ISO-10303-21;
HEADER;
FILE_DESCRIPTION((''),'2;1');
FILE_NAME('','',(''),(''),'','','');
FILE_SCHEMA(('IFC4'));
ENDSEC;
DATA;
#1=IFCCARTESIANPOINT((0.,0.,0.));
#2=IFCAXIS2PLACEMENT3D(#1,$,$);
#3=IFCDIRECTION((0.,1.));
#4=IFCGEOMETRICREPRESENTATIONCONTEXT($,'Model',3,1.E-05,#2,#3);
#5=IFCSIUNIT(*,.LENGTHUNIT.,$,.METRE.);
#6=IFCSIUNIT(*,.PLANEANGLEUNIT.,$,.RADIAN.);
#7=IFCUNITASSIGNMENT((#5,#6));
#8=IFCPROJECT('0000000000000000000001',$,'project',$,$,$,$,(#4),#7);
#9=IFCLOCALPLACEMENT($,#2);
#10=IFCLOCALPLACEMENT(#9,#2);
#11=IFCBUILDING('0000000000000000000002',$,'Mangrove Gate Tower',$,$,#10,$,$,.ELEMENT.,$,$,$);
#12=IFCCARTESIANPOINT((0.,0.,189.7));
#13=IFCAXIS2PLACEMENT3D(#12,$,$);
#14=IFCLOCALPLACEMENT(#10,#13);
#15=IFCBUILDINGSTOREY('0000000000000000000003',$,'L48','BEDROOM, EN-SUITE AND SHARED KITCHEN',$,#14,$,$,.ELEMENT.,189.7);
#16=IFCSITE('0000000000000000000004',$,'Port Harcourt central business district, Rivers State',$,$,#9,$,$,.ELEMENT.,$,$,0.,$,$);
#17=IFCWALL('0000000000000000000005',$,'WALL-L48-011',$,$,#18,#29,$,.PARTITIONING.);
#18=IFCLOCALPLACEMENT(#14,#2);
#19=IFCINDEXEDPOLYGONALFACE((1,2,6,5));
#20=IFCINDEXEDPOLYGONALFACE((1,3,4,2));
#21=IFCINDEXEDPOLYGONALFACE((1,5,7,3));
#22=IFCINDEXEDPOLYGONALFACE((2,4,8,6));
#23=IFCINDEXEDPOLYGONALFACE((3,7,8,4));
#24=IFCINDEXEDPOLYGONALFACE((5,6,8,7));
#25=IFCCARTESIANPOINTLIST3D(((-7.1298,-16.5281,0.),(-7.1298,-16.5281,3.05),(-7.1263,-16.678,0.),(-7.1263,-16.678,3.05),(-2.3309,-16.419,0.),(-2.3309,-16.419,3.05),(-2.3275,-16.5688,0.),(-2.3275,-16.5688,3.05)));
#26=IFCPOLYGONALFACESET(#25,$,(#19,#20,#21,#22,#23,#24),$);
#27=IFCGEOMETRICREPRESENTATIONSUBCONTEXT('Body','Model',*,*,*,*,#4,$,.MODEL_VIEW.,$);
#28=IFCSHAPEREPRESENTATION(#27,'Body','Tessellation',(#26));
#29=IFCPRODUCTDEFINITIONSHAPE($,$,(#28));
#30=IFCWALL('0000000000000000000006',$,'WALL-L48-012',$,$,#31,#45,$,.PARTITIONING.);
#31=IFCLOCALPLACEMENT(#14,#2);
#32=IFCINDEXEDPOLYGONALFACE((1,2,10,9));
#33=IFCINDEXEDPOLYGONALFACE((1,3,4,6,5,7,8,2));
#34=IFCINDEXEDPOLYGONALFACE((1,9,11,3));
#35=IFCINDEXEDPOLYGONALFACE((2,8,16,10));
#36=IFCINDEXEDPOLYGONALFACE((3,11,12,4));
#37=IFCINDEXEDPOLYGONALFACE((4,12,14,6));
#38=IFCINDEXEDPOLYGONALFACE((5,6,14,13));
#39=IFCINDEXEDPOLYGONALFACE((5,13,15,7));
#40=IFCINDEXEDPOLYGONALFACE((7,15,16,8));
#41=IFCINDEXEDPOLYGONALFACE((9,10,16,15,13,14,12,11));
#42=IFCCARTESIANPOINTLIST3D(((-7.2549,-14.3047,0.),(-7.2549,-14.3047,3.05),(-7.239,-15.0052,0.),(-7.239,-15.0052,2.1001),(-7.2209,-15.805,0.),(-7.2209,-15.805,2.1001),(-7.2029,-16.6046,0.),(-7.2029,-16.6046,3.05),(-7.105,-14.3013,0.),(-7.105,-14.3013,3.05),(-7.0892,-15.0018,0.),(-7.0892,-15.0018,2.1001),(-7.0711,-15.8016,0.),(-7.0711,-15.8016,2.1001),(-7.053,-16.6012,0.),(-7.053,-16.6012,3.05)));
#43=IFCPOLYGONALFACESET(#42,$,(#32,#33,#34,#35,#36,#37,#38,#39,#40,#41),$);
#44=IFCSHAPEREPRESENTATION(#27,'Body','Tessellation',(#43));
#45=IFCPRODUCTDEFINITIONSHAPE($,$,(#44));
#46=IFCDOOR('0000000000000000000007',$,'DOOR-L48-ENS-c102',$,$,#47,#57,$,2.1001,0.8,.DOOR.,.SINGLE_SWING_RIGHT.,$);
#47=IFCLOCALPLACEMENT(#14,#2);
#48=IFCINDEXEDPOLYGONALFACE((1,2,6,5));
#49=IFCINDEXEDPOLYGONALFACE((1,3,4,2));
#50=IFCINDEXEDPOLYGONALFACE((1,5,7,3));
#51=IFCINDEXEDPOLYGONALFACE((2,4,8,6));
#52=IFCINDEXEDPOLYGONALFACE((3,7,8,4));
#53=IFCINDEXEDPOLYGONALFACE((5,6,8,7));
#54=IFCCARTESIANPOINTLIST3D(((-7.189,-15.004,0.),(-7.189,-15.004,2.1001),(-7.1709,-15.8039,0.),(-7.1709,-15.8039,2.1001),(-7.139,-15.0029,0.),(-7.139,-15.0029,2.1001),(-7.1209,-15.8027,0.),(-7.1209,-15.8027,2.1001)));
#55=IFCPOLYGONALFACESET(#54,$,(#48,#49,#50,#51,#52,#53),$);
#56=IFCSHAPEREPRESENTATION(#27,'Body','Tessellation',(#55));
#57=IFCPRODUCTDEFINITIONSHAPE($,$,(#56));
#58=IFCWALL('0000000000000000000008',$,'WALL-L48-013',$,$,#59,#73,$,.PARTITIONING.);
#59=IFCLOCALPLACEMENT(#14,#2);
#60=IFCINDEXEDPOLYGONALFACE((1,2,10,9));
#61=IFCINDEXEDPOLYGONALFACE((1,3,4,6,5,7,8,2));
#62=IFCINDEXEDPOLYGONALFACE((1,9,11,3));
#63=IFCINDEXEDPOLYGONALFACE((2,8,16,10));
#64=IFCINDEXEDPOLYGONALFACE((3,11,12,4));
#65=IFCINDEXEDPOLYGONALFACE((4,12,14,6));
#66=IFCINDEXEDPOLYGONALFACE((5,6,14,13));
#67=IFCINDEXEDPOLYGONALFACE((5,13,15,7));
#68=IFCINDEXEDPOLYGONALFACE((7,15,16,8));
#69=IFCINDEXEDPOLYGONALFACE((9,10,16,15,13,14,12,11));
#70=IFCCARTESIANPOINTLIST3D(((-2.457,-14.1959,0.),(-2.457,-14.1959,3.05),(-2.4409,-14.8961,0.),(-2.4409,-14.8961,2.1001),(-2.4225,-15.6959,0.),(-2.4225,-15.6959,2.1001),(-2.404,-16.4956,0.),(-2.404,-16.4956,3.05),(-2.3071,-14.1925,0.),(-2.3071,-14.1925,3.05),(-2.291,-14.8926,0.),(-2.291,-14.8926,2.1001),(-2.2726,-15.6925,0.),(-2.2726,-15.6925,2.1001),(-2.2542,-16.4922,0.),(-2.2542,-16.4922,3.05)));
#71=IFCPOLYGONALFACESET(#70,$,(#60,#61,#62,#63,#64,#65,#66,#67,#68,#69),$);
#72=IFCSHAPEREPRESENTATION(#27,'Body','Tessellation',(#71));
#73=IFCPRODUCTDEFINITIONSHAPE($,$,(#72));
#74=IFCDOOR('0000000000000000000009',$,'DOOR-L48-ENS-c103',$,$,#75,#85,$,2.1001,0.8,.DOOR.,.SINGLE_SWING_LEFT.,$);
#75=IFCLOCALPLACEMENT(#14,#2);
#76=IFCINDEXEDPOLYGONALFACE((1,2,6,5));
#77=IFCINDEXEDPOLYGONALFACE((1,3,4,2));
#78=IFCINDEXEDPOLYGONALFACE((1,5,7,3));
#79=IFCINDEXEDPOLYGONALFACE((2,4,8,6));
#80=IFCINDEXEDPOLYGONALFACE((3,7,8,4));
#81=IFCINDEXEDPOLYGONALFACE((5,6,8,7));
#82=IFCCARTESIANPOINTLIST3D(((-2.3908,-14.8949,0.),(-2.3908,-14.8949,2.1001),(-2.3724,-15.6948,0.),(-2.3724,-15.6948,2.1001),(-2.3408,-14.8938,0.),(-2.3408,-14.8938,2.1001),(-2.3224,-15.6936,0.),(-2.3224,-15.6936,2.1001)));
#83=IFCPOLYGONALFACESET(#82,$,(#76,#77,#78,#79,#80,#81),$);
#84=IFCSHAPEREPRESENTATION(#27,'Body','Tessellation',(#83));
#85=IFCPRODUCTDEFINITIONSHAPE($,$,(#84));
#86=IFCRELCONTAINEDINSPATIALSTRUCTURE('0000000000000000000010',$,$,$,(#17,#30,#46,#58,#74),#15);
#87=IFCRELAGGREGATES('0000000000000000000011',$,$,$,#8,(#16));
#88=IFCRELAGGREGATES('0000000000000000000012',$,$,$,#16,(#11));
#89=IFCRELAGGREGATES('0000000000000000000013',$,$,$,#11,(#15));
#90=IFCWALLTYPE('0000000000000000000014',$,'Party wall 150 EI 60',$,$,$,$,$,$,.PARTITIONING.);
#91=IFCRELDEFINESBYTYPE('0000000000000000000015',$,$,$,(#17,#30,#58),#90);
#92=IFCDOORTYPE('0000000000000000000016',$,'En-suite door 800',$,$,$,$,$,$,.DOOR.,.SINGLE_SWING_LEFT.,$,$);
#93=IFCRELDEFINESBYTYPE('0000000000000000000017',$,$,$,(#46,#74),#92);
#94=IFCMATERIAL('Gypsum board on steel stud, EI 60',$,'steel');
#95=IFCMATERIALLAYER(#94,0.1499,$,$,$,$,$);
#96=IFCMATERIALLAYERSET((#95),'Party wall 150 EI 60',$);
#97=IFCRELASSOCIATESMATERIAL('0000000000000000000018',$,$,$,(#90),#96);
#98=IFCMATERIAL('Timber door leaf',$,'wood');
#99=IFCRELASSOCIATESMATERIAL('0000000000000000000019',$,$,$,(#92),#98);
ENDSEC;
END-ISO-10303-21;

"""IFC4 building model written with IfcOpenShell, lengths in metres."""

from ifc_helpers import new_model, si_unit, direction, frame, frame_2d, origin, place, context, subcontext, project, spatial, rectangle, extrude, material, layer, layer_set, type_object, element, fill, save


model = new_model("IFC4")

# Units and contexts
model_context = context("Model", 3, precision=1e-05, world=origin(), true_north=direction((0.0, 1.0)))
body_context = subcontext(model_context, "Body", "Model", "MODEL_VIEW")
ifc_project = project(units=[si_unit("LENGTHUNIT", "METRE"), si_unit("PLANEANGLEUNIT", "RADIAN")], contexts=[model_context])

# Site, building, storey
site_placement = place(None, origin())
site = spatial("IfcSite", under=ifc_project, at=site_placement, Name="Port Harcourt central business district, Rivers State", CompositionType="ELEMENT", RefElevation=0.0)
building_placement = place(site_placement, origin())
building = spatial("IfcBuilding", under=site, at=building_placement, Name="Mangrove Gate Tower", CompositionType="ELEMENT")
storey_placement = place(building_placement, frame((0.0, 0.0, 189.7)))
storey = spatial("IfcBuildingStorey", under=building, at=storey_placement, Name="L48", Description="BEDROOM, EN-SUITE AND SHARED KITCHEN", CompositionType="ELEMENT", Elevation=189.7)

# Shared definitions
ifc_material_1 = material(Name="Gypsum board on steel stud, EI 60", Category="steel")
ifc_layer_1 = layer(ifc_material_1, 0.1499)
ifc_layer_set_1 = layer_set([ifc_layer_1], Name="Party wall 150 EI 60")
wall_type_1 = type_object("IfcWallType", Name="Party wall 150 EI 60", PredefinedType="PARTITIONING", material=ifc_layer_set_1)

# Shared definitions
ifc_material_2 = material(Name="Timber door leaf", Category="wood")
door_type = type_object("IfcDoorType", Name="En-suite door 800", OperationType="SINGLE_SWING_LEFT", PredefinedType="DOOR", material=ifc_material_2)

# Wall
wall_1_placement = place(storey_placement, frame((-7.1279, -16.603, 0.0), z_axis=(0.0, 0.0, 1.0), x_axis=(0.999742, 0.022735, 0.0)))
element("IfcWall", 1, at=wall_1_placement, inside=storey, type_object=wall_type_1, Name="WALL-L48-011", PredefinedType="PARTITIONING", context=body_context, shape_type="SweptSolid", body=[
    extrude(rectangle(XDim=4.8, YDim=0.1499, at=frame_2d((2.3999, 0.0))), origin(), (0.0, 0.0, 1.0), 3.05),
])

# Walls, openings, doors
wall_2_placement = place(storey_placement, frame((-7.1279, -16.603, 0.0), z_axis=(0.0, 0.0, 1.0), x_axis=(-0.022603, 0.999745, 0.0)))
wall_2 = element("IfcWall", 2, at=wall_2_placement, inside=storey, type_object=wall_type_1, Name="WALL-L48-012", PredefinedType="PARTITIONING", context=body_context, shape_type="SweptSolid", body=[
    extrude(rectangle(XDim=2.3005, YDim=0.1499, at=frame_2d((1.1504, 0.0))), origin(), (0.0, 0.0, 1.0), 3.05),
])
opening_1_placement = place(wall_2_placement, frame((0.8, 0.0, 0.0)))
opening_1 = element("IfcOpeningElement", 3, at=opening_1_placement, cuts=wall_2, PredefinedType="OPENING", context=body_context, shape_type="SweptSolid", body=[
    extrude(rectangle(XDim=0.8, YDim=2.1001, at=frame_2d((0.3999, 1.05))), frame((0.0, 0.085, 0.0), z_axis=(0.0, -1.0, 0.0), x_axis=(1.0, 0.0, 0.0)), (0.0, 0.0, 1.0), 0.1699),
])
door_1_placement = place(opening_1_placement, origin())
door_1 = element("IfcDoor", 4, at=door_1_placement, inside=storey, type_object=door_type, Name="DOOR-L48-ENS-c102", OperationType="SINGLE_SWING_RIGHT", OverallHeight=2.1001, OverallWidth=0.8, PredefinedType="DOOR", context=body_context, shape_type="SweptSolid", body=[
    extrude(rectangle(XDim=0.8, YDim=2.1001, at=frame_2d((0.3999, 1.05))), frame((0.0, 0.0249, 0.0), z_axis=(0.0, -1.0, 0.0), x_axis=(1.0, 0.0, 0.0)), (0.0, 0.0, 1.0), 0.05),
])
fill(opening_1, door_1)
wall_3_placement = place(storey_placement, frame((-2.3291, -16.4939, 0.0), z_axis=(0.0, 0.0, 1.0), x_axis=(-0.02303, 0.999735, 0.0)))
wall_3 = element("IfcWall", 5, at=wall_3_placement, inside=storey, type_object=wall_type_1, Name="WALL-L48-013", PredefinedType="PARTITIONING", context=body_context, shape_type="SweptSolid", body=[
    extrude(rectangle(XDim=2.3003, YDim=0.1499, at=frame_2d((1.1501, 0.0))), origin(), (0.0, 0.0, 1.0), 3.05),
])
opening_2_placement = place(wall_3_placement, frame((0.8, 0.0, 0.0)))
opening_2 = element("IfcOpeningElement", 6, at=opening_2_placement, cuts=wall_3, PredefinedType="OPENING", context=body_context, shape_type="SweptSolid", body=[
    extrude(rectangle(XDim=0.8, YDim=2.1001, at=frame_2d((0.3999, 1.05))), frame((0.0, 0.085, 0.0), z_axis=(0.0, -1.0, 0.0), x_axis=(1.0, 0.0, 0.0)), (0.0, 0.0, 1.0), 0.1699),
])
door_2_placement = place(opening_2_placement, origin())
door_2 = element("IfcDoor", 7, at=door_2_placement, inside=storey, type_object=door_type, Name="DOOR-L48-ENS-c103", OperationType="SINGLE_SWING_LEFT", OverallHeight=2.1001, OverallWidth=0.8, PredefinedType="DOOR", context=body_context, shape_type="SweptSolid", body=[
    extrude(rectangle(XDim=0.8, YDim=2.1001, at=frame_2d((0.3999, 1.05))), frame((0.0, 0.0249, 0.0), z_axis=(0.0, -1.0, 0.0), x_axis=(1.0, 0.0, 0.0)), (0.0, 0.0, 1.0), 0.05),
])
fill(opening_2, door_2)

save(model, "model.ifc")
